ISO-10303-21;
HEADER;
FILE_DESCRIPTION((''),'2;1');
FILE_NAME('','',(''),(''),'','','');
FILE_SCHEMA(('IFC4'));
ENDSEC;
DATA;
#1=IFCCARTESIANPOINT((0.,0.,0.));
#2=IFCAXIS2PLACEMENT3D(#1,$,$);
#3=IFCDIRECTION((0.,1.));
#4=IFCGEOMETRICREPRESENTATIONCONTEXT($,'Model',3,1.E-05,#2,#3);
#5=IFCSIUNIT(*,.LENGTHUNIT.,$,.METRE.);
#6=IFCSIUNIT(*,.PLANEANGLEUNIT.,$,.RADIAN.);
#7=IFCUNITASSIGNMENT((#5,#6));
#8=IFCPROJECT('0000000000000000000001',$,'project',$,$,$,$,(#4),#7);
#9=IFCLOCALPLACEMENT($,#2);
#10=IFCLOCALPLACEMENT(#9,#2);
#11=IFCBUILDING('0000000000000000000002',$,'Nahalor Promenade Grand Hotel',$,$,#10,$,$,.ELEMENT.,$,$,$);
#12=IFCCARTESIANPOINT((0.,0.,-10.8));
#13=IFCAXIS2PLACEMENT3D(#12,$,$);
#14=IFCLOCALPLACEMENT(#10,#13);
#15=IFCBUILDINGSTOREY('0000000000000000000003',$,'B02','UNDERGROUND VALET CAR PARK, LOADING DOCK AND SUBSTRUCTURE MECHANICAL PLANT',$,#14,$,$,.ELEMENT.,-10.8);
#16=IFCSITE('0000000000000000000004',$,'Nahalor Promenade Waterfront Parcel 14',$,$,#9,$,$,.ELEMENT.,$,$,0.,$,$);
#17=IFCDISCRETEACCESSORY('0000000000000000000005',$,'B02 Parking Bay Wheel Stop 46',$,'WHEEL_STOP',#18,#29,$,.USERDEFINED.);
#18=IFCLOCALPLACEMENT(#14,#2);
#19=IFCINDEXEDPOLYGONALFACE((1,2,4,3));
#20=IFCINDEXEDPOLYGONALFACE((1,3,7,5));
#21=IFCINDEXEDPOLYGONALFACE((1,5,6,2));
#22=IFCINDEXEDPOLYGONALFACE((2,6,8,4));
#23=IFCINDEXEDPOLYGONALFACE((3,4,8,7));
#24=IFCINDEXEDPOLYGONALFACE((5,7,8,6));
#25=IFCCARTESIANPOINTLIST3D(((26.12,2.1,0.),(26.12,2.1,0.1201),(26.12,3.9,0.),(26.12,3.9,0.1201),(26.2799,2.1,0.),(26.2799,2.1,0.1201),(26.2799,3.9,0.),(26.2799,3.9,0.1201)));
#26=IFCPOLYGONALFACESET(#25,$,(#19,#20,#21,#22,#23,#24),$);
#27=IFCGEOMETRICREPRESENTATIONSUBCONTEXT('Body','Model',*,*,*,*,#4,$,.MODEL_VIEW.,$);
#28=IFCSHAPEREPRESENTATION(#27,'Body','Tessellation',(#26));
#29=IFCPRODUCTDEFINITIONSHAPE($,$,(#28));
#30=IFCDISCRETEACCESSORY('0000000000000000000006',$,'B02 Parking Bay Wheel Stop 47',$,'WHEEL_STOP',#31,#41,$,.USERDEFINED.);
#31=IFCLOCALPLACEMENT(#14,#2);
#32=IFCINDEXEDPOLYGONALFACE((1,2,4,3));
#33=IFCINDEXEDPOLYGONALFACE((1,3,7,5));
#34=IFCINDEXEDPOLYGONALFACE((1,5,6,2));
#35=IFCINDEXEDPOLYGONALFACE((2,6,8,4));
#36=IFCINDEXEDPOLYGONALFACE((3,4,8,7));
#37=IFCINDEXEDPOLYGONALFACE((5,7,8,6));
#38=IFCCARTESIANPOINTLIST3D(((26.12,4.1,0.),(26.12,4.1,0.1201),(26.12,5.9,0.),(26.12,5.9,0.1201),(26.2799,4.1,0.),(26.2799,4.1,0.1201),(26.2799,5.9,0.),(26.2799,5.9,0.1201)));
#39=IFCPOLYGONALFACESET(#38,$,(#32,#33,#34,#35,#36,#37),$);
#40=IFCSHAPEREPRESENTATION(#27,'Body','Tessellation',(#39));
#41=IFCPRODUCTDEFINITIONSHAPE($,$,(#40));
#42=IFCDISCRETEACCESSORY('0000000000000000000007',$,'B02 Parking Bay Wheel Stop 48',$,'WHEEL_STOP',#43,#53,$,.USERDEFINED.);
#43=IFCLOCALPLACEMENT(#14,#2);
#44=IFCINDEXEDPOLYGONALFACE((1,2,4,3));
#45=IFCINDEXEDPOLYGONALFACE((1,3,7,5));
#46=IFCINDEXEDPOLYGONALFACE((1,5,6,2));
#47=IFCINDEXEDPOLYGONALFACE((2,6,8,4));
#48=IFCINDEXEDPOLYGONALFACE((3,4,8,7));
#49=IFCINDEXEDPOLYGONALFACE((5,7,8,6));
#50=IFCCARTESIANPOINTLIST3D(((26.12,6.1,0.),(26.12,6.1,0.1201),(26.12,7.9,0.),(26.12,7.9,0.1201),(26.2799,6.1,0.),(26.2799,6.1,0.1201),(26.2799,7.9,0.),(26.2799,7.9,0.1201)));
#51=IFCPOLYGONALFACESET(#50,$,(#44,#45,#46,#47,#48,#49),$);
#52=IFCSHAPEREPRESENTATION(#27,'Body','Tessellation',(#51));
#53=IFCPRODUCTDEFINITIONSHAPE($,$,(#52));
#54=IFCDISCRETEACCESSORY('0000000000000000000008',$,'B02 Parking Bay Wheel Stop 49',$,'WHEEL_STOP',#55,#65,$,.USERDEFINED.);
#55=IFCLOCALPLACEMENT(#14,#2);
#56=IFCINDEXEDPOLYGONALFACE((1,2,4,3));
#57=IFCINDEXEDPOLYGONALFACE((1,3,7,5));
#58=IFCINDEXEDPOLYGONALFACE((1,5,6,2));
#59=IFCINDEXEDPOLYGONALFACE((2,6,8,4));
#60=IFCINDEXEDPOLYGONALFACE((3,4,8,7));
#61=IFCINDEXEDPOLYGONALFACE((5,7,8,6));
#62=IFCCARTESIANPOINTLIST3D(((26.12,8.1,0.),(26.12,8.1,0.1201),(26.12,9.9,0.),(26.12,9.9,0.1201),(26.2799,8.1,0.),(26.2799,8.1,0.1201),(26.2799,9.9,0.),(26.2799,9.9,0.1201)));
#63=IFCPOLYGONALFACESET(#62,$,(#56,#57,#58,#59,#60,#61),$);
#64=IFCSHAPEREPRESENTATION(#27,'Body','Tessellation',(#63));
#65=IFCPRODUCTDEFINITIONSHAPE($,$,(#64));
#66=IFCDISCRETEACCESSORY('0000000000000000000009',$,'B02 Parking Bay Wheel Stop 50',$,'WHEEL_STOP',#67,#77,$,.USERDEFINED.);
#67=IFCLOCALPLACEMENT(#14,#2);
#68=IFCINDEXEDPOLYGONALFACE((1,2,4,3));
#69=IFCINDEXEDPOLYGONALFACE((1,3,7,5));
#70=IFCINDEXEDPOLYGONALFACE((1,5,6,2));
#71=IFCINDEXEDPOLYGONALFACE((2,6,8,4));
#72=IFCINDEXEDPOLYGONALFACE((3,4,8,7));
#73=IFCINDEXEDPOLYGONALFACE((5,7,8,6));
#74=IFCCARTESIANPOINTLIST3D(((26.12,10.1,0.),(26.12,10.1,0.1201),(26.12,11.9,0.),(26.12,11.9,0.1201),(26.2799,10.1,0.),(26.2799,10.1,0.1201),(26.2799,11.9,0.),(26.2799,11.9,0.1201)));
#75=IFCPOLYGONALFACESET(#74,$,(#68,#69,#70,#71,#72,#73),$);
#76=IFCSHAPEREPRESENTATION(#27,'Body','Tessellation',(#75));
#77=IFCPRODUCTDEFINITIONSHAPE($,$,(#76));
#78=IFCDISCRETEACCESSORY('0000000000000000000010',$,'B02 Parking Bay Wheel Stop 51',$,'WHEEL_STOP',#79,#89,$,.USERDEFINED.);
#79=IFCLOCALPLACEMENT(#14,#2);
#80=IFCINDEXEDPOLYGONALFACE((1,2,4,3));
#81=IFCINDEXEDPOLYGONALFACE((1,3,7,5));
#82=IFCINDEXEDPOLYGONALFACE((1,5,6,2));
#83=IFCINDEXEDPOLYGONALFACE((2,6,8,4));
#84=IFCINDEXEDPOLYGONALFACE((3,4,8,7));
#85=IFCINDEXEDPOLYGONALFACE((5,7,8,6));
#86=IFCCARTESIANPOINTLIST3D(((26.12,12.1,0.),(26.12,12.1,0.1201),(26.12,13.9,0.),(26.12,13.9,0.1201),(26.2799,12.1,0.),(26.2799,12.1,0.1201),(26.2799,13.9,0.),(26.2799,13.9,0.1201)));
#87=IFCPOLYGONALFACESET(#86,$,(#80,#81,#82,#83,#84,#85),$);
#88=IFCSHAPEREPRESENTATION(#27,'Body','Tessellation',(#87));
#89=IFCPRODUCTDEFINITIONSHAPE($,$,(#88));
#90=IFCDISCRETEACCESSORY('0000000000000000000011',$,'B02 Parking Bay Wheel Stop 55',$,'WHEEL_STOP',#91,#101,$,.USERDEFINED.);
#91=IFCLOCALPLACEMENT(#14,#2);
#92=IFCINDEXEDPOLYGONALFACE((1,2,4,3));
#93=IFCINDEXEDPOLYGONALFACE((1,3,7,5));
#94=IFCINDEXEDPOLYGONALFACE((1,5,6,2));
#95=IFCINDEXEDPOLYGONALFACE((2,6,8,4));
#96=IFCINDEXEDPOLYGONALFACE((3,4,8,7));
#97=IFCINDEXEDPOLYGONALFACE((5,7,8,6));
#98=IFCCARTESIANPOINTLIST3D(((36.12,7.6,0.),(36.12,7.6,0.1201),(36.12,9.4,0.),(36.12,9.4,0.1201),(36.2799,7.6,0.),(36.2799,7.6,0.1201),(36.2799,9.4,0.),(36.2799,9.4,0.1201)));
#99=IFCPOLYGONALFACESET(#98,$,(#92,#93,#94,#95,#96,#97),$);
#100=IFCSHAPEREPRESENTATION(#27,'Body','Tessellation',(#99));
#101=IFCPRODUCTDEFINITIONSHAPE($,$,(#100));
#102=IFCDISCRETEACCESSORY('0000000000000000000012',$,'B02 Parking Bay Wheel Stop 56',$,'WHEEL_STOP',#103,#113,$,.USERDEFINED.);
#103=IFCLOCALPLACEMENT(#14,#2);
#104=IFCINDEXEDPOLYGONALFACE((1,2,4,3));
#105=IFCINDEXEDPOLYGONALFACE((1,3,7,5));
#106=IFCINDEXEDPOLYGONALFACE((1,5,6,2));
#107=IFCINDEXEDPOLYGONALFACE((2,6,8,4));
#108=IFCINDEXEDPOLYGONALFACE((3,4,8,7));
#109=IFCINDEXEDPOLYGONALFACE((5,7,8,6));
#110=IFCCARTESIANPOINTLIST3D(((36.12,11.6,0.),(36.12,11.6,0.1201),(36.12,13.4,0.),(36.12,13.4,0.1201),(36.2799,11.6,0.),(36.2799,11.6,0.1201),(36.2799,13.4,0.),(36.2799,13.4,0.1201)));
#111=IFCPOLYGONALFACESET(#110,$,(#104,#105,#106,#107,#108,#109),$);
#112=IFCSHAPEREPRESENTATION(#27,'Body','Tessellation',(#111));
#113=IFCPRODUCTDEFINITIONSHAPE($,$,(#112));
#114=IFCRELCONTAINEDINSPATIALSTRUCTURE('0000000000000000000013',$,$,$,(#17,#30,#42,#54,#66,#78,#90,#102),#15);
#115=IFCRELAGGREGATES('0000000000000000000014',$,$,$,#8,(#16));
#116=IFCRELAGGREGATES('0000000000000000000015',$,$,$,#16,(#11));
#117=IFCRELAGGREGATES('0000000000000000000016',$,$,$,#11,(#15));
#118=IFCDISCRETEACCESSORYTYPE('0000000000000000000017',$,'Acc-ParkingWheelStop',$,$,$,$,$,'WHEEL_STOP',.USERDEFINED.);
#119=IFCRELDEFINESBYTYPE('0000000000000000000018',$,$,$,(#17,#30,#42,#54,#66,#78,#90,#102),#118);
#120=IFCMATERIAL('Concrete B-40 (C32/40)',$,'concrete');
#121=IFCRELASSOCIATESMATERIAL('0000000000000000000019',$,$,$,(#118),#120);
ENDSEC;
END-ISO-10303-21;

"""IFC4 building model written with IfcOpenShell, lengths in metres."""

from ifc_helpers import new_model, si_unit, direction, frame, origin, origin_2d, place, context, subcontext, project, spatial, rectangle, extrude, source, transform, mapped, material, type_object, element, save


model = new_model("IFC4")

# Units and contexts
model_context = context("Model", 3, precision=1e-05, world=origin(), true_north=direction((0.0, 1.0)))
body_context = subcontext(model_context, "Body", "Model", "MODEL_VIEW")
ifc_project = project(units=[si_unit("LENGTHUNIT", "METRE"), si_unit("PLANEANGLEUNIT", "RADIAN")], contexts=[model_context])

# Site, building, storey
site_placement = place(None, origin())
site = spatial("IfcSite", under=ifc_project, at=site_placement, Name="Nahalor Promenade Waterfront Parcel 14", CompositionType="ELEMENT", RefElevation=0.0)
building_placement = place(site_placement, origin())
building = spatial("IfcBuilding", under=site, at=building_placement, Name="Nahalor Promenade Grand Hotel", CompositionType="ELEMENT")
storey_placement = place(building_placement, frame((0.0, 0.0, -10.8)))
storey = spatial("IfcBuildingStorey", under=building, at=storey_placement, Name="B02", Description="UNDERGROUND VALET CAR PARK, LOADING DOCK AND SUBSTRUCTURE MECHANICAL PLANT", CompositionType="ELEMENT", Elevation=-10.8)

# Discrete accessories
ifc_material_1 = material(Name="Concrete B-40 (C32/40)", Category="concrete")
discrete_accessory_type = type_object("IfcDiscreteAccessoryType", Name="Acc-ParkingWheelStop", ElementType="WHEEL_STOP", PredefinedType="USERDEFINED", material=ifc_material_1)
shared_shape_1 = source(origin(), body_context, "Body", "SweptSolid", [
    extrude(rectangle(XDim=1.8, YDim=0.1599, at=origin_2d()), origin(), (0.0, 0.0, 1.0), 0.1201),
])
for number, where, z_axis, x_axis, name in (
    (1, (26.2, 3.0, 0.0), (0.0, 0.0, 1.0), (0.0, 1.0, 0.0), "B02 Parking Bay Wheel Stop 46"),
    (2, (26.2, 5.0, 0.0), (0.0, 0.0, 1.0), (0.0, 1.0, 0.0), "B02 Parking Bay Wheel Stop 47"),
    (3, (26.2, 7.0, 0.0), (0.0, 0.0, 1.0), (0.0, 1.0, 0.0), "B02 Parking Bay Wheel Stop 48"),
    (4, (26.2, 9.0, 0.0), (0.0, 0.0, 1.0), (0.0, 1.0, 0.0), "B02 Parking Bay Wheel Stop 49"),
    (5, (26.2, 11.0, 0.0), (0.0, 0.0, 1.0), (0.0, 1.0, 0.0), "B02 Parking Bay Wheel Stop 50"),
    (6, (26.2, 13.0, 0.0), (0.0, 0.0, 1.0), (0.0, 1.0, 0.0), "B02 Parking Bay Wheel Stop 51"),
    (7, (36.2, 8.5, 0.0), (0.0, 0.0, 1.0), (0.0, 1.0, 0.0), "B02 Parking Bay Wheel Stop 55"),
    (8, (36.2, 12.5, 0.0), (0.0, 0.0, 1.0), (0.0, 1.0, 0.0), "B02 Parking Bay Wheel Stop 56"),
):
    element("IfcDiscreteAccessory", number, at=place(storey_placement, frame(where, z_axis=z_axis, x_axis=x_axis)), inside=storey, type_object=discrete_accessory_type, Name=name, ObjectType="WHEEL_STOP", PredefinedType="USERDEFINED", context=body_context, shape_type="MappedRepresentation", body=[
        mapped(shared_shape_1, transform((0.0, 0.0, 0.0), scale=1.0)),
    ])

save(model, "model.ifc")
